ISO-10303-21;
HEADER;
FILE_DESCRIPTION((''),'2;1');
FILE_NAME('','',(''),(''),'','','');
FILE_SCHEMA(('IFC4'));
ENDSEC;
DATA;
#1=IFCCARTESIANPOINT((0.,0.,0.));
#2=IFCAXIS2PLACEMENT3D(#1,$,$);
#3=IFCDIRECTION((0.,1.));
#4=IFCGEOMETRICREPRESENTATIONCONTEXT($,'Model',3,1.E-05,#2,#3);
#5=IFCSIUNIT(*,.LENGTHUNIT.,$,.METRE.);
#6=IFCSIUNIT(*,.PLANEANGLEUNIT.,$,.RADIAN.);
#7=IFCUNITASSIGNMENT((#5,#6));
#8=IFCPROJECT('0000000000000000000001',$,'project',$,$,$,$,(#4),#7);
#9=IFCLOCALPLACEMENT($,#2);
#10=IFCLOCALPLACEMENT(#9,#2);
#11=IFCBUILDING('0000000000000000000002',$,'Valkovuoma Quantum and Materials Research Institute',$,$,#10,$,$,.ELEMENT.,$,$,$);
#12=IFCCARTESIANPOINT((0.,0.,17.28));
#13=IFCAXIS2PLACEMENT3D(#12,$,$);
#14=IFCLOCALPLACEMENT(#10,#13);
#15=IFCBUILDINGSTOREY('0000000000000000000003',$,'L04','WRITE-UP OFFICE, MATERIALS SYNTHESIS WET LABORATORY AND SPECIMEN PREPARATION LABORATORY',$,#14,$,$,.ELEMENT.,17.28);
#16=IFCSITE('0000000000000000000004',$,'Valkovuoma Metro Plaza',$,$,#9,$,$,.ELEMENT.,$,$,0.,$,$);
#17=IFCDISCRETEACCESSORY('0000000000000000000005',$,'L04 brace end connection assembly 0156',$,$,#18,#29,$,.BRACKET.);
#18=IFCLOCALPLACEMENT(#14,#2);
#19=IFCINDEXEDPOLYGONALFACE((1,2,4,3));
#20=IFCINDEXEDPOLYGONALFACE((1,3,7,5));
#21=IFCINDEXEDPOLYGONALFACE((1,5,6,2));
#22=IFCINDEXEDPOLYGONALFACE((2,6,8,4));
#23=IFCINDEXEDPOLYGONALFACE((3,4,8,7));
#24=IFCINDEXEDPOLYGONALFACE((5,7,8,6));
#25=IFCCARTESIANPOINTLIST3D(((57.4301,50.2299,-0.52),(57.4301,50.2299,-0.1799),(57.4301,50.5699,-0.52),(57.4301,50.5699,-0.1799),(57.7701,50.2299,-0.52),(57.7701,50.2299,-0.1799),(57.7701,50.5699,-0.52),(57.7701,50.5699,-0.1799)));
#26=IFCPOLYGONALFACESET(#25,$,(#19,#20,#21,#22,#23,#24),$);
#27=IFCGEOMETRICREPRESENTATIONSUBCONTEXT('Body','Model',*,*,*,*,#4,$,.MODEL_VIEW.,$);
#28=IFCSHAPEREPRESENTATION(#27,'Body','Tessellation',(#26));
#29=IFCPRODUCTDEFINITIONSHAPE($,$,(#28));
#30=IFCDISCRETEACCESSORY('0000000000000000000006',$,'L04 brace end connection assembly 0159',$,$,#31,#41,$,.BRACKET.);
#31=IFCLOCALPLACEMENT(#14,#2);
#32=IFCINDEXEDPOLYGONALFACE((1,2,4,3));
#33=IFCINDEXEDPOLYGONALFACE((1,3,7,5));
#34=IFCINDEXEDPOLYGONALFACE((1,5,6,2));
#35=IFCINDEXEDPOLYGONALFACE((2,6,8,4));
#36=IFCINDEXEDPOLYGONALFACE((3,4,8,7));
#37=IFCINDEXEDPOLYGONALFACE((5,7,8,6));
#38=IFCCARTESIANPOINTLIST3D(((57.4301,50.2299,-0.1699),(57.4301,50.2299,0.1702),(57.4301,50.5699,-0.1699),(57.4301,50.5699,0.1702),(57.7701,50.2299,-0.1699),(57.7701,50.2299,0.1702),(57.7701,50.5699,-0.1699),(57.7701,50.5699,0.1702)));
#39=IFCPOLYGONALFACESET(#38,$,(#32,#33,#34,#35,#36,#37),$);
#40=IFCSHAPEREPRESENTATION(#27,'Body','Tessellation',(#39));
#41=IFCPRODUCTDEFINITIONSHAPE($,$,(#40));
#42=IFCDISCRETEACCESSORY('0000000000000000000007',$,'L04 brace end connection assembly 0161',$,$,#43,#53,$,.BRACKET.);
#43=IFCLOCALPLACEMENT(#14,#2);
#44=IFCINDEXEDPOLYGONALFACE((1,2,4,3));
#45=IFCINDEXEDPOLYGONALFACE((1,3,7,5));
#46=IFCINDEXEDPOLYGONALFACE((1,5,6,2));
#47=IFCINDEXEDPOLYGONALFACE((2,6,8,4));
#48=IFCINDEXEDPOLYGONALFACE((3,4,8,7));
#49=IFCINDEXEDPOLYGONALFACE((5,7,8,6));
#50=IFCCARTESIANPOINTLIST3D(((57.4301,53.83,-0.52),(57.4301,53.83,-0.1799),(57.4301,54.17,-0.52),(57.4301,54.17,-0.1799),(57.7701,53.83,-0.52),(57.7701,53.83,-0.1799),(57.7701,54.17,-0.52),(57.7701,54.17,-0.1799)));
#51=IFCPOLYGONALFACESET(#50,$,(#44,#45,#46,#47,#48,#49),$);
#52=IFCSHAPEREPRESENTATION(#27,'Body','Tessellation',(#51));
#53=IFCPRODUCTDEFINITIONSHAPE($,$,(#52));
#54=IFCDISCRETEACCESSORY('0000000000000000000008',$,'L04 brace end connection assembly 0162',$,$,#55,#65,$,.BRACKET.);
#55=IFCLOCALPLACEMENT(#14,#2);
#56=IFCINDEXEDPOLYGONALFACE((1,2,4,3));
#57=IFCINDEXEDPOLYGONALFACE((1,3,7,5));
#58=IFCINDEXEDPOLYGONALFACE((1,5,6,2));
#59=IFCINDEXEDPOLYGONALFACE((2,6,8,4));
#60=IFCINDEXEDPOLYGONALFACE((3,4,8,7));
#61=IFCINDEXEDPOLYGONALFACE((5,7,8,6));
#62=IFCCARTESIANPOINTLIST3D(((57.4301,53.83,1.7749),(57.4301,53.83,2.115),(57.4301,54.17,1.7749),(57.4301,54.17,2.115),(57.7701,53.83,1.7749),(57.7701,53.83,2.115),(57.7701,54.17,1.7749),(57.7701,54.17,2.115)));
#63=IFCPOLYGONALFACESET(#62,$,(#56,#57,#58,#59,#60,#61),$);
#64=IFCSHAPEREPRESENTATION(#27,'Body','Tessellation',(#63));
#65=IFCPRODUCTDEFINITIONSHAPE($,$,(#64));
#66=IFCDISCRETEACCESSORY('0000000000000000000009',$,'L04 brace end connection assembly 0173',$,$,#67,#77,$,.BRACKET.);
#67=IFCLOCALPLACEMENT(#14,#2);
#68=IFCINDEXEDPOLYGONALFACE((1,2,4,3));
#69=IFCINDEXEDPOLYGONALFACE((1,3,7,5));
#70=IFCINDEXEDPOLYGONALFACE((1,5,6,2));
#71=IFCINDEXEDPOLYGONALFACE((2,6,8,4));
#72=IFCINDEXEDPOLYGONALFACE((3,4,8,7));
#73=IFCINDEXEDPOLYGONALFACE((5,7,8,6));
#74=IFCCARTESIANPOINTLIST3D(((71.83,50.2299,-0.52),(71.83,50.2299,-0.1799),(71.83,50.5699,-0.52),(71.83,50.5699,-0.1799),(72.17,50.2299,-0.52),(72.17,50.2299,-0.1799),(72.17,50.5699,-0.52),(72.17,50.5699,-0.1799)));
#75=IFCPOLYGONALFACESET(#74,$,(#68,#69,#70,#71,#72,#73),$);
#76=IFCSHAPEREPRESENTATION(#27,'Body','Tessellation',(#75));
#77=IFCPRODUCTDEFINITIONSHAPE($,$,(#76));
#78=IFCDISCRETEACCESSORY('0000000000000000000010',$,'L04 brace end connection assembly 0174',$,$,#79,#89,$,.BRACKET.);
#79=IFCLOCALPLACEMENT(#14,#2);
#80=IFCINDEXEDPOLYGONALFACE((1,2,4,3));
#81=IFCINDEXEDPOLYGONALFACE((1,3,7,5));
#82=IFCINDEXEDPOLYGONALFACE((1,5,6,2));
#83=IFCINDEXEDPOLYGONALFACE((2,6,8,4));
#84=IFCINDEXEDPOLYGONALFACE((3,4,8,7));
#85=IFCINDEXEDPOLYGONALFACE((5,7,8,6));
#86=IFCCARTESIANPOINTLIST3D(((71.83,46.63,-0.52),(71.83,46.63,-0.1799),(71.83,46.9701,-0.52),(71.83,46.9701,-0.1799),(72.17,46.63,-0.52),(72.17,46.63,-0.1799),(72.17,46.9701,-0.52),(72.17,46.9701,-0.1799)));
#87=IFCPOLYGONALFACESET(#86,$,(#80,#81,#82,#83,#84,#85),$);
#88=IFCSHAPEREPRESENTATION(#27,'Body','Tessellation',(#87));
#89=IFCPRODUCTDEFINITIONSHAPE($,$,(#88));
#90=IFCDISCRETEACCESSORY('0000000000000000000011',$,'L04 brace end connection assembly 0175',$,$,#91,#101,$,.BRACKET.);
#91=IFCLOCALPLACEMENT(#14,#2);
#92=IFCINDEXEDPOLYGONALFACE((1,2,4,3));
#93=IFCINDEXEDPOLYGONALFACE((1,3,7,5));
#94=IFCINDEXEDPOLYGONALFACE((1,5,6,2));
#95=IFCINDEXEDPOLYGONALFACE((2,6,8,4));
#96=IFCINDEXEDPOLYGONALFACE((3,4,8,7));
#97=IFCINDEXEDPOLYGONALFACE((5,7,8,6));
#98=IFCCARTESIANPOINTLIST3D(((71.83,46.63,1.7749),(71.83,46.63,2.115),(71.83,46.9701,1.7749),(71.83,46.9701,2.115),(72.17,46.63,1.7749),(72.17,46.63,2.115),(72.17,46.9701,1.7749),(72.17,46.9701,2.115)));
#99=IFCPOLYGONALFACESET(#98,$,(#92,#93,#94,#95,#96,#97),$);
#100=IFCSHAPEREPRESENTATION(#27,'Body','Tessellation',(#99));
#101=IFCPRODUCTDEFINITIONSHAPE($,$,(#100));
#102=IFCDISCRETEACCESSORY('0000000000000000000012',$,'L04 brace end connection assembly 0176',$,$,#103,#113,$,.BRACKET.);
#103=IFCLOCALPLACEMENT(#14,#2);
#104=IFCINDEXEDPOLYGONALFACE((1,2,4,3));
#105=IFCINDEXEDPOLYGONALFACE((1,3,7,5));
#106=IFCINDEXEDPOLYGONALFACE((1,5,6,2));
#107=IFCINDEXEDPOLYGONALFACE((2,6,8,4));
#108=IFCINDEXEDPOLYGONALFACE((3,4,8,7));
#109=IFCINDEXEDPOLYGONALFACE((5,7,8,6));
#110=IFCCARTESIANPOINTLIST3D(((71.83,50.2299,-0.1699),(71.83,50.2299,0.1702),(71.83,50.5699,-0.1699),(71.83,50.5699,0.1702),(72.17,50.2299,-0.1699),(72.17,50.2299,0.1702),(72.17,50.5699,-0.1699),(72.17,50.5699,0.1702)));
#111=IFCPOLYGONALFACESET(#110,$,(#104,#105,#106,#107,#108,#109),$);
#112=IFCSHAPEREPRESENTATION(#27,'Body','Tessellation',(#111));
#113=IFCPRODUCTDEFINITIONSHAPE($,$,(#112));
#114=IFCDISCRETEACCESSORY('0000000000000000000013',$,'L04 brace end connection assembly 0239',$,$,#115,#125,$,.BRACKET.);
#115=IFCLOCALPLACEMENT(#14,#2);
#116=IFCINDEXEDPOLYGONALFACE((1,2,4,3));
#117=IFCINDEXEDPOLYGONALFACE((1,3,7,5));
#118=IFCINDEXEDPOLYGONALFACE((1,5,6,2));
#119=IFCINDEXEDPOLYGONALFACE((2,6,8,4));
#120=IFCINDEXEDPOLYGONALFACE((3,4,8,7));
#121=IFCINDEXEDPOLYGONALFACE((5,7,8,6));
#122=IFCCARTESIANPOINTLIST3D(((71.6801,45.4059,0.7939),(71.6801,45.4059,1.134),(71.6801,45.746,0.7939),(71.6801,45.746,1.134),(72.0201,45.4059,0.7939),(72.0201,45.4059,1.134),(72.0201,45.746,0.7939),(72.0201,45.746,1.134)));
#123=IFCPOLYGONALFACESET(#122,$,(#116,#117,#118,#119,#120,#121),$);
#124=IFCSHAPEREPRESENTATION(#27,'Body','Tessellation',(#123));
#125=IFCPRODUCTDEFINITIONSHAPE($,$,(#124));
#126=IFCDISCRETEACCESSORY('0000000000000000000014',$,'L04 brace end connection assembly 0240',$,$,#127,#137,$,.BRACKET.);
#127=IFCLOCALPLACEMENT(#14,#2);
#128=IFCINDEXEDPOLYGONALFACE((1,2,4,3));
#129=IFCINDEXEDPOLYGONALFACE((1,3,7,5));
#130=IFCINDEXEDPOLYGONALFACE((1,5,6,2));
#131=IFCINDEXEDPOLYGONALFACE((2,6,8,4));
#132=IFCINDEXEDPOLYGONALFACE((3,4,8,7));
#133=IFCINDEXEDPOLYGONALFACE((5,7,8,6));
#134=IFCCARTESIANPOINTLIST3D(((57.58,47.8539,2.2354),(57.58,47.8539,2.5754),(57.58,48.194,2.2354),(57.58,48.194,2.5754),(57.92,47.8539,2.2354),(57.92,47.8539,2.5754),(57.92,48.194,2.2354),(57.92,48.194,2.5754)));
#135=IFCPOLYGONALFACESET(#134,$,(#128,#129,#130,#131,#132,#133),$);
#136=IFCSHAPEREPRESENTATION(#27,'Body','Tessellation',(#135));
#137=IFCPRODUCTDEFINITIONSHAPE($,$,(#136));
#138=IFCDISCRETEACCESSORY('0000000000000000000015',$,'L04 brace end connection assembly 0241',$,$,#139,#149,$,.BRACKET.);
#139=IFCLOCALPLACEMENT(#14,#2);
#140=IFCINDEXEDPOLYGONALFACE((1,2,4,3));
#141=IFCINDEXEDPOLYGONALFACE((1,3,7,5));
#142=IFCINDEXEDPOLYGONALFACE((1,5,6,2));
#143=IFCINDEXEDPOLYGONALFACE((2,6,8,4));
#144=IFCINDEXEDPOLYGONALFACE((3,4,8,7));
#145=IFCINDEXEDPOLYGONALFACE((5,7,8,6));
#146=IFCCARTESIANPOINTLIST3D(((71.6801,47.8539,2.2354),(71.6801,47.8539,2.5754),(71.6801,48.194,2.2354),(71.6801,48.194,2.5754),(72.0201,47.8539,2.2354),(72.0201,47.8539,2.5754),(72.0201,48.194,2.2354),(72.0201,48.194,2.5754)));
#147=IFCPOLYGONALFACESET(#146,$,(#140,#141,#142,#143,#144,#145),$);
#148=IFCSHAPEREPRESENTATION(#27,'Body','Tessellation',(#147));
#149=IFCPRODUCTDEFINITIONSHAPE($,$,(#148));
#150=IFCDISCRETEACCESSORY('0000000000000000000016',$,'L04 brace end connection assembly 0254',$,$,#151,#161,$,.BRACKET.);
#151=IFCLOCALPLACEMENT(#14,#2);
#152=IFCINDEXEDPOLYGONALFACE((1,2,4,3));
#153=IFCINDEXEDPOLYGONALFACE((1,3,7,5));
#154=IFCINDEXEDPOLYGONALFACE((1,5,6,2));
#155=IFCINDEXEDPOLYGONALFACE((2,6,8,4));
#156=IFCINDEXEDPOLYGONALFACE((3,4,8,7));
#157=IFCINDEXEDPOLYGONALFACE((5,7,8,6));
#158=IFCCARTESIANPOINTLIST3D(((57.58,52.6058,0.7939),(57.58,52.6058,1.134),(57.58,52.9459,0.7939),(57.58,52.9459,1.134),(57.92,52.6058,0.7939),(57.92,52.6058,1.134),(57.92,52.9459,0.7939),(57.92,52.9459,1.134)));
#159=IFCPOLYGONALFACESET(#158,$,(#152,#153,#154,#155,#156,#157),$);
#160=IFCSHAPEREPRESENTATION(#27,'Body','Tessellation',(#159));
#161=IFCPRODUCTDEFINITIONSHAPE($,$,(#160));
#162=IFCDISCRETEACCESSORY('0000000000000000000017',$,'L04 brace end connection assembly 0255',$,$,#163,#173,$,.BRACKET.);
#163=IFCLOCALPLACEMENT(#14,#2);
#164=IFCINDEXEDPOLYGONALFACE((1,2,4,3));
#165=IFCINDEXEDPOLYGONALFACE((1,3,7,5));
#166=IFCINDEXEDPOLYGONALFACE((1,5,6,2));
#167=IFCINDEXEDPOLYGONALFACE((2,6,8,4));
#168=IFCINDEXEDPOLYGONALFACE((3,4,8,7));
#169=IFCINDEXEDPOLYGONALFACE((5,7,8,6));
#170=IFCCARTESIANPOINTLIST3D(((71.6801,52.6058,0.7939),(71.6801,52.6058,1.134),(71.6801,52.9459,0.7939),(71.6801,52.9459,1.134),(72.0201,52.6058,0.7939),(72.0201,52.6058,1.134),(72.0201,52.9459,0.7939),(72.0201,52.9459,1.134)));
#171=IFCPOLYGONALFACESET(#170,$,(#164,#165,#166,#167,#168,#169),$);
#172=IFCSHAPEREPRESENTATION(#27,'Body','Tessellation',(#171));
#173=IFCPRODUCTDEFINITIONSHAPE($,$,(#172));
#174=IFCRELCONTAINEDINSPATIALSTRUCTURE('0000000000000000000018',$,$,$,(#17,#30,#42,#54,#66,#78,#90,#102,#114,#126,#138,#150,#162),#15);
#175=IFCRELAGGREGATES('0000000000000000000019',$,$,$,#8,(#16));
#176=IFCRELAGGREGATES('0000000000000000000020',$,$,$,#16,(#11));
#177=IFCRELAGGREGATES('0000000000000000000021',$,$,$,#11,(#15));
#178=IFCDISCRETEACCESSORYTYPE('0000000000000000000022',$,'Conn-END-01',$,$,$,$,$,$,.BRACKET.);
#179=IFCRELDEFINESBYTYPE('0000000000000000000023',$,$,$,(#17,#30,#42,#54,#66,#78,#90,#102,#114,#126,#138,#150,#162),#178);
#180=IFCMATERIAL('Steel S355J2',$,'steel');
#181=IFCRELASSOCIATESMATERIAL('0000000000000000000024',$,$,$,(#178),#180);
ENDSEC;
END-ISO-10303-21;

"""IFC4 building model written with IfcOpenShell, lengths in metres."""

from ifc_helpers import new_model, si_unit, direction, frame, origin, origin_2d, place, context, subcontext, project, spatial, rectangle, extrude, material, type_object, element, save


model = new_model("IFC4")

# Units and contexts
model_context = context("Model", 3, precision=1e-05, world=origin(), true_north=direction((0.0, 1.0)))
body_context = subcontext(model_context, "Body", "Model", "MODEL_VIEW")
ifc_project = project(units=[si_unit("LENGTHUNIT", "METRE"), si_unit("PLANEANGLEUNIT", "RADIAN")], contexts=[model_context])

# Site, building, storey
site_placement = place(None, origin())
site = spatial("IfcSite", under=ifc_project, at=site_placement, Name="Valkovuoma Metro Plaza", CompositionType="ELEMENT", RefElevation=0.0)
building_placement = place(site_placement, origin())
building = spatial("IfcBuilding", under=site, at=building_placement, Name="Valkovuoma Quantum and Materials Research Institute", CompositionType="ELEMENT")
storey_placement = place(building_placement, frame((0.0, 0.0, 17.28)))
storey = spatial("IfcBuildingStorey", under=building, at=storey_placement, Name="L04", Description="WRITE-UP OFFICE, MATERIALS SYNTHESIS WET LABORATORY AND SPECIMEN PREPARATION LABORATORY", CompositionType="ELEMENT", Elevation=17.28)

# Discrete accessories
ifc_material_1 = material(Name="Steel S355J2", Category="steel")
discrete_accessory_type = type_object("IfcDiscreteAccessoryType", Name="Conn-END-01", PredefinedType="BRACKET", material=ifc_material_1)
for number, where, z_axis, x_axis, name in (
    (1, (57.6001, 50.3999, -0.52), (0.0, 0.0, 1.0), (1.0, 0.0, 0.0), "L04 brace end connection assembly 0156"),
    (2, (57.6001, 50.3999, -0.1699), (0.0, 0.0, 1.0), (1.0, 0.0, 0.0), "L04 brace end connection assembly 0159"),
    (3, (57.6001, 54.0, -0.52), (0.0, 0.0, 1.0), (1.0, 0.0, 0.0), "L04 brace end connection assembly 0161"),
    (4, (57.6001, 54.0, 1.7749), (0.0, 0.0, 1.0), (1.0, 0.0, 0.0), "L04 brace end connection assembly 0162"),
    (5, (72.0, 50.3999, -0.52), (0.0, 0.0, 1.0), (1.0, 0.0, 0.0), "L04 brace end connection assembly 0173"),
    (6, (72.0, 46.8, -0.52), (0.0, 0.0, 1.0), (1.0, 0.0, 0.0), "L04 brace end connection assembly 0174"),
    (7, (72.0, 46.8, 1.7749), (0.0, 0.0, 1.0), (1.0, 0.0, 0.0), "L04 brace end connection assembly 0175"),
    (8, (72.0, 50.3999, -0.1699), (0.0, 0.0, 1.0), (1.0, 0.0, 0.0), "L04 brace end connection assembly 0176"),
    (9, (71.8501, 45.5759, 0.7939), (0.0, 0.0, 1.0), (1.0, 0.0, 0.0), "L04 brace end connection assembly 0239"),
    (10, (57.75, 48.0239, 2.2354), (0.0, 0.0, 1.0), (1.0, 0.0, 0.0), "L04 brace end connection assembly 0240"),
    (11, (71.8501, 48.0239, 2.2354), (0.0, 0.0, 1.0), (1.0, 0.0, 0.0), "L04 brace end connection assembly 0241"),
    (12, (57.75, 52.7759, 0.7939), (0.0, 0.0, 1.0), (1.0, 0.0, 0.0), "L04 brace end connection assembly 0254"),
    (13, (71.8501, 52.7759, 0.7939), (0.0, 0.0, 1.0), (1.0, 0.0, 0.0), "L04 brace end connection assembly 0255"),
):
    element("IfcDiscreteAccessory", number, at=place(storey_placement, frame(where, z_axis=z_axis, x_axis=x_axis)), inside=storey, type_object=discrete_accessory_type, Name=name, PredefinedType="BRACKET", context=body_context, shape_type="SweptSolid", body=[
        extrude(rectangle(XDim=0.3401, YDim=0.3401, at=origin_2d()), origin(), (0.0, 0.0, 1.0), 0.3401),
    ])

save(model, "model.ifc")
